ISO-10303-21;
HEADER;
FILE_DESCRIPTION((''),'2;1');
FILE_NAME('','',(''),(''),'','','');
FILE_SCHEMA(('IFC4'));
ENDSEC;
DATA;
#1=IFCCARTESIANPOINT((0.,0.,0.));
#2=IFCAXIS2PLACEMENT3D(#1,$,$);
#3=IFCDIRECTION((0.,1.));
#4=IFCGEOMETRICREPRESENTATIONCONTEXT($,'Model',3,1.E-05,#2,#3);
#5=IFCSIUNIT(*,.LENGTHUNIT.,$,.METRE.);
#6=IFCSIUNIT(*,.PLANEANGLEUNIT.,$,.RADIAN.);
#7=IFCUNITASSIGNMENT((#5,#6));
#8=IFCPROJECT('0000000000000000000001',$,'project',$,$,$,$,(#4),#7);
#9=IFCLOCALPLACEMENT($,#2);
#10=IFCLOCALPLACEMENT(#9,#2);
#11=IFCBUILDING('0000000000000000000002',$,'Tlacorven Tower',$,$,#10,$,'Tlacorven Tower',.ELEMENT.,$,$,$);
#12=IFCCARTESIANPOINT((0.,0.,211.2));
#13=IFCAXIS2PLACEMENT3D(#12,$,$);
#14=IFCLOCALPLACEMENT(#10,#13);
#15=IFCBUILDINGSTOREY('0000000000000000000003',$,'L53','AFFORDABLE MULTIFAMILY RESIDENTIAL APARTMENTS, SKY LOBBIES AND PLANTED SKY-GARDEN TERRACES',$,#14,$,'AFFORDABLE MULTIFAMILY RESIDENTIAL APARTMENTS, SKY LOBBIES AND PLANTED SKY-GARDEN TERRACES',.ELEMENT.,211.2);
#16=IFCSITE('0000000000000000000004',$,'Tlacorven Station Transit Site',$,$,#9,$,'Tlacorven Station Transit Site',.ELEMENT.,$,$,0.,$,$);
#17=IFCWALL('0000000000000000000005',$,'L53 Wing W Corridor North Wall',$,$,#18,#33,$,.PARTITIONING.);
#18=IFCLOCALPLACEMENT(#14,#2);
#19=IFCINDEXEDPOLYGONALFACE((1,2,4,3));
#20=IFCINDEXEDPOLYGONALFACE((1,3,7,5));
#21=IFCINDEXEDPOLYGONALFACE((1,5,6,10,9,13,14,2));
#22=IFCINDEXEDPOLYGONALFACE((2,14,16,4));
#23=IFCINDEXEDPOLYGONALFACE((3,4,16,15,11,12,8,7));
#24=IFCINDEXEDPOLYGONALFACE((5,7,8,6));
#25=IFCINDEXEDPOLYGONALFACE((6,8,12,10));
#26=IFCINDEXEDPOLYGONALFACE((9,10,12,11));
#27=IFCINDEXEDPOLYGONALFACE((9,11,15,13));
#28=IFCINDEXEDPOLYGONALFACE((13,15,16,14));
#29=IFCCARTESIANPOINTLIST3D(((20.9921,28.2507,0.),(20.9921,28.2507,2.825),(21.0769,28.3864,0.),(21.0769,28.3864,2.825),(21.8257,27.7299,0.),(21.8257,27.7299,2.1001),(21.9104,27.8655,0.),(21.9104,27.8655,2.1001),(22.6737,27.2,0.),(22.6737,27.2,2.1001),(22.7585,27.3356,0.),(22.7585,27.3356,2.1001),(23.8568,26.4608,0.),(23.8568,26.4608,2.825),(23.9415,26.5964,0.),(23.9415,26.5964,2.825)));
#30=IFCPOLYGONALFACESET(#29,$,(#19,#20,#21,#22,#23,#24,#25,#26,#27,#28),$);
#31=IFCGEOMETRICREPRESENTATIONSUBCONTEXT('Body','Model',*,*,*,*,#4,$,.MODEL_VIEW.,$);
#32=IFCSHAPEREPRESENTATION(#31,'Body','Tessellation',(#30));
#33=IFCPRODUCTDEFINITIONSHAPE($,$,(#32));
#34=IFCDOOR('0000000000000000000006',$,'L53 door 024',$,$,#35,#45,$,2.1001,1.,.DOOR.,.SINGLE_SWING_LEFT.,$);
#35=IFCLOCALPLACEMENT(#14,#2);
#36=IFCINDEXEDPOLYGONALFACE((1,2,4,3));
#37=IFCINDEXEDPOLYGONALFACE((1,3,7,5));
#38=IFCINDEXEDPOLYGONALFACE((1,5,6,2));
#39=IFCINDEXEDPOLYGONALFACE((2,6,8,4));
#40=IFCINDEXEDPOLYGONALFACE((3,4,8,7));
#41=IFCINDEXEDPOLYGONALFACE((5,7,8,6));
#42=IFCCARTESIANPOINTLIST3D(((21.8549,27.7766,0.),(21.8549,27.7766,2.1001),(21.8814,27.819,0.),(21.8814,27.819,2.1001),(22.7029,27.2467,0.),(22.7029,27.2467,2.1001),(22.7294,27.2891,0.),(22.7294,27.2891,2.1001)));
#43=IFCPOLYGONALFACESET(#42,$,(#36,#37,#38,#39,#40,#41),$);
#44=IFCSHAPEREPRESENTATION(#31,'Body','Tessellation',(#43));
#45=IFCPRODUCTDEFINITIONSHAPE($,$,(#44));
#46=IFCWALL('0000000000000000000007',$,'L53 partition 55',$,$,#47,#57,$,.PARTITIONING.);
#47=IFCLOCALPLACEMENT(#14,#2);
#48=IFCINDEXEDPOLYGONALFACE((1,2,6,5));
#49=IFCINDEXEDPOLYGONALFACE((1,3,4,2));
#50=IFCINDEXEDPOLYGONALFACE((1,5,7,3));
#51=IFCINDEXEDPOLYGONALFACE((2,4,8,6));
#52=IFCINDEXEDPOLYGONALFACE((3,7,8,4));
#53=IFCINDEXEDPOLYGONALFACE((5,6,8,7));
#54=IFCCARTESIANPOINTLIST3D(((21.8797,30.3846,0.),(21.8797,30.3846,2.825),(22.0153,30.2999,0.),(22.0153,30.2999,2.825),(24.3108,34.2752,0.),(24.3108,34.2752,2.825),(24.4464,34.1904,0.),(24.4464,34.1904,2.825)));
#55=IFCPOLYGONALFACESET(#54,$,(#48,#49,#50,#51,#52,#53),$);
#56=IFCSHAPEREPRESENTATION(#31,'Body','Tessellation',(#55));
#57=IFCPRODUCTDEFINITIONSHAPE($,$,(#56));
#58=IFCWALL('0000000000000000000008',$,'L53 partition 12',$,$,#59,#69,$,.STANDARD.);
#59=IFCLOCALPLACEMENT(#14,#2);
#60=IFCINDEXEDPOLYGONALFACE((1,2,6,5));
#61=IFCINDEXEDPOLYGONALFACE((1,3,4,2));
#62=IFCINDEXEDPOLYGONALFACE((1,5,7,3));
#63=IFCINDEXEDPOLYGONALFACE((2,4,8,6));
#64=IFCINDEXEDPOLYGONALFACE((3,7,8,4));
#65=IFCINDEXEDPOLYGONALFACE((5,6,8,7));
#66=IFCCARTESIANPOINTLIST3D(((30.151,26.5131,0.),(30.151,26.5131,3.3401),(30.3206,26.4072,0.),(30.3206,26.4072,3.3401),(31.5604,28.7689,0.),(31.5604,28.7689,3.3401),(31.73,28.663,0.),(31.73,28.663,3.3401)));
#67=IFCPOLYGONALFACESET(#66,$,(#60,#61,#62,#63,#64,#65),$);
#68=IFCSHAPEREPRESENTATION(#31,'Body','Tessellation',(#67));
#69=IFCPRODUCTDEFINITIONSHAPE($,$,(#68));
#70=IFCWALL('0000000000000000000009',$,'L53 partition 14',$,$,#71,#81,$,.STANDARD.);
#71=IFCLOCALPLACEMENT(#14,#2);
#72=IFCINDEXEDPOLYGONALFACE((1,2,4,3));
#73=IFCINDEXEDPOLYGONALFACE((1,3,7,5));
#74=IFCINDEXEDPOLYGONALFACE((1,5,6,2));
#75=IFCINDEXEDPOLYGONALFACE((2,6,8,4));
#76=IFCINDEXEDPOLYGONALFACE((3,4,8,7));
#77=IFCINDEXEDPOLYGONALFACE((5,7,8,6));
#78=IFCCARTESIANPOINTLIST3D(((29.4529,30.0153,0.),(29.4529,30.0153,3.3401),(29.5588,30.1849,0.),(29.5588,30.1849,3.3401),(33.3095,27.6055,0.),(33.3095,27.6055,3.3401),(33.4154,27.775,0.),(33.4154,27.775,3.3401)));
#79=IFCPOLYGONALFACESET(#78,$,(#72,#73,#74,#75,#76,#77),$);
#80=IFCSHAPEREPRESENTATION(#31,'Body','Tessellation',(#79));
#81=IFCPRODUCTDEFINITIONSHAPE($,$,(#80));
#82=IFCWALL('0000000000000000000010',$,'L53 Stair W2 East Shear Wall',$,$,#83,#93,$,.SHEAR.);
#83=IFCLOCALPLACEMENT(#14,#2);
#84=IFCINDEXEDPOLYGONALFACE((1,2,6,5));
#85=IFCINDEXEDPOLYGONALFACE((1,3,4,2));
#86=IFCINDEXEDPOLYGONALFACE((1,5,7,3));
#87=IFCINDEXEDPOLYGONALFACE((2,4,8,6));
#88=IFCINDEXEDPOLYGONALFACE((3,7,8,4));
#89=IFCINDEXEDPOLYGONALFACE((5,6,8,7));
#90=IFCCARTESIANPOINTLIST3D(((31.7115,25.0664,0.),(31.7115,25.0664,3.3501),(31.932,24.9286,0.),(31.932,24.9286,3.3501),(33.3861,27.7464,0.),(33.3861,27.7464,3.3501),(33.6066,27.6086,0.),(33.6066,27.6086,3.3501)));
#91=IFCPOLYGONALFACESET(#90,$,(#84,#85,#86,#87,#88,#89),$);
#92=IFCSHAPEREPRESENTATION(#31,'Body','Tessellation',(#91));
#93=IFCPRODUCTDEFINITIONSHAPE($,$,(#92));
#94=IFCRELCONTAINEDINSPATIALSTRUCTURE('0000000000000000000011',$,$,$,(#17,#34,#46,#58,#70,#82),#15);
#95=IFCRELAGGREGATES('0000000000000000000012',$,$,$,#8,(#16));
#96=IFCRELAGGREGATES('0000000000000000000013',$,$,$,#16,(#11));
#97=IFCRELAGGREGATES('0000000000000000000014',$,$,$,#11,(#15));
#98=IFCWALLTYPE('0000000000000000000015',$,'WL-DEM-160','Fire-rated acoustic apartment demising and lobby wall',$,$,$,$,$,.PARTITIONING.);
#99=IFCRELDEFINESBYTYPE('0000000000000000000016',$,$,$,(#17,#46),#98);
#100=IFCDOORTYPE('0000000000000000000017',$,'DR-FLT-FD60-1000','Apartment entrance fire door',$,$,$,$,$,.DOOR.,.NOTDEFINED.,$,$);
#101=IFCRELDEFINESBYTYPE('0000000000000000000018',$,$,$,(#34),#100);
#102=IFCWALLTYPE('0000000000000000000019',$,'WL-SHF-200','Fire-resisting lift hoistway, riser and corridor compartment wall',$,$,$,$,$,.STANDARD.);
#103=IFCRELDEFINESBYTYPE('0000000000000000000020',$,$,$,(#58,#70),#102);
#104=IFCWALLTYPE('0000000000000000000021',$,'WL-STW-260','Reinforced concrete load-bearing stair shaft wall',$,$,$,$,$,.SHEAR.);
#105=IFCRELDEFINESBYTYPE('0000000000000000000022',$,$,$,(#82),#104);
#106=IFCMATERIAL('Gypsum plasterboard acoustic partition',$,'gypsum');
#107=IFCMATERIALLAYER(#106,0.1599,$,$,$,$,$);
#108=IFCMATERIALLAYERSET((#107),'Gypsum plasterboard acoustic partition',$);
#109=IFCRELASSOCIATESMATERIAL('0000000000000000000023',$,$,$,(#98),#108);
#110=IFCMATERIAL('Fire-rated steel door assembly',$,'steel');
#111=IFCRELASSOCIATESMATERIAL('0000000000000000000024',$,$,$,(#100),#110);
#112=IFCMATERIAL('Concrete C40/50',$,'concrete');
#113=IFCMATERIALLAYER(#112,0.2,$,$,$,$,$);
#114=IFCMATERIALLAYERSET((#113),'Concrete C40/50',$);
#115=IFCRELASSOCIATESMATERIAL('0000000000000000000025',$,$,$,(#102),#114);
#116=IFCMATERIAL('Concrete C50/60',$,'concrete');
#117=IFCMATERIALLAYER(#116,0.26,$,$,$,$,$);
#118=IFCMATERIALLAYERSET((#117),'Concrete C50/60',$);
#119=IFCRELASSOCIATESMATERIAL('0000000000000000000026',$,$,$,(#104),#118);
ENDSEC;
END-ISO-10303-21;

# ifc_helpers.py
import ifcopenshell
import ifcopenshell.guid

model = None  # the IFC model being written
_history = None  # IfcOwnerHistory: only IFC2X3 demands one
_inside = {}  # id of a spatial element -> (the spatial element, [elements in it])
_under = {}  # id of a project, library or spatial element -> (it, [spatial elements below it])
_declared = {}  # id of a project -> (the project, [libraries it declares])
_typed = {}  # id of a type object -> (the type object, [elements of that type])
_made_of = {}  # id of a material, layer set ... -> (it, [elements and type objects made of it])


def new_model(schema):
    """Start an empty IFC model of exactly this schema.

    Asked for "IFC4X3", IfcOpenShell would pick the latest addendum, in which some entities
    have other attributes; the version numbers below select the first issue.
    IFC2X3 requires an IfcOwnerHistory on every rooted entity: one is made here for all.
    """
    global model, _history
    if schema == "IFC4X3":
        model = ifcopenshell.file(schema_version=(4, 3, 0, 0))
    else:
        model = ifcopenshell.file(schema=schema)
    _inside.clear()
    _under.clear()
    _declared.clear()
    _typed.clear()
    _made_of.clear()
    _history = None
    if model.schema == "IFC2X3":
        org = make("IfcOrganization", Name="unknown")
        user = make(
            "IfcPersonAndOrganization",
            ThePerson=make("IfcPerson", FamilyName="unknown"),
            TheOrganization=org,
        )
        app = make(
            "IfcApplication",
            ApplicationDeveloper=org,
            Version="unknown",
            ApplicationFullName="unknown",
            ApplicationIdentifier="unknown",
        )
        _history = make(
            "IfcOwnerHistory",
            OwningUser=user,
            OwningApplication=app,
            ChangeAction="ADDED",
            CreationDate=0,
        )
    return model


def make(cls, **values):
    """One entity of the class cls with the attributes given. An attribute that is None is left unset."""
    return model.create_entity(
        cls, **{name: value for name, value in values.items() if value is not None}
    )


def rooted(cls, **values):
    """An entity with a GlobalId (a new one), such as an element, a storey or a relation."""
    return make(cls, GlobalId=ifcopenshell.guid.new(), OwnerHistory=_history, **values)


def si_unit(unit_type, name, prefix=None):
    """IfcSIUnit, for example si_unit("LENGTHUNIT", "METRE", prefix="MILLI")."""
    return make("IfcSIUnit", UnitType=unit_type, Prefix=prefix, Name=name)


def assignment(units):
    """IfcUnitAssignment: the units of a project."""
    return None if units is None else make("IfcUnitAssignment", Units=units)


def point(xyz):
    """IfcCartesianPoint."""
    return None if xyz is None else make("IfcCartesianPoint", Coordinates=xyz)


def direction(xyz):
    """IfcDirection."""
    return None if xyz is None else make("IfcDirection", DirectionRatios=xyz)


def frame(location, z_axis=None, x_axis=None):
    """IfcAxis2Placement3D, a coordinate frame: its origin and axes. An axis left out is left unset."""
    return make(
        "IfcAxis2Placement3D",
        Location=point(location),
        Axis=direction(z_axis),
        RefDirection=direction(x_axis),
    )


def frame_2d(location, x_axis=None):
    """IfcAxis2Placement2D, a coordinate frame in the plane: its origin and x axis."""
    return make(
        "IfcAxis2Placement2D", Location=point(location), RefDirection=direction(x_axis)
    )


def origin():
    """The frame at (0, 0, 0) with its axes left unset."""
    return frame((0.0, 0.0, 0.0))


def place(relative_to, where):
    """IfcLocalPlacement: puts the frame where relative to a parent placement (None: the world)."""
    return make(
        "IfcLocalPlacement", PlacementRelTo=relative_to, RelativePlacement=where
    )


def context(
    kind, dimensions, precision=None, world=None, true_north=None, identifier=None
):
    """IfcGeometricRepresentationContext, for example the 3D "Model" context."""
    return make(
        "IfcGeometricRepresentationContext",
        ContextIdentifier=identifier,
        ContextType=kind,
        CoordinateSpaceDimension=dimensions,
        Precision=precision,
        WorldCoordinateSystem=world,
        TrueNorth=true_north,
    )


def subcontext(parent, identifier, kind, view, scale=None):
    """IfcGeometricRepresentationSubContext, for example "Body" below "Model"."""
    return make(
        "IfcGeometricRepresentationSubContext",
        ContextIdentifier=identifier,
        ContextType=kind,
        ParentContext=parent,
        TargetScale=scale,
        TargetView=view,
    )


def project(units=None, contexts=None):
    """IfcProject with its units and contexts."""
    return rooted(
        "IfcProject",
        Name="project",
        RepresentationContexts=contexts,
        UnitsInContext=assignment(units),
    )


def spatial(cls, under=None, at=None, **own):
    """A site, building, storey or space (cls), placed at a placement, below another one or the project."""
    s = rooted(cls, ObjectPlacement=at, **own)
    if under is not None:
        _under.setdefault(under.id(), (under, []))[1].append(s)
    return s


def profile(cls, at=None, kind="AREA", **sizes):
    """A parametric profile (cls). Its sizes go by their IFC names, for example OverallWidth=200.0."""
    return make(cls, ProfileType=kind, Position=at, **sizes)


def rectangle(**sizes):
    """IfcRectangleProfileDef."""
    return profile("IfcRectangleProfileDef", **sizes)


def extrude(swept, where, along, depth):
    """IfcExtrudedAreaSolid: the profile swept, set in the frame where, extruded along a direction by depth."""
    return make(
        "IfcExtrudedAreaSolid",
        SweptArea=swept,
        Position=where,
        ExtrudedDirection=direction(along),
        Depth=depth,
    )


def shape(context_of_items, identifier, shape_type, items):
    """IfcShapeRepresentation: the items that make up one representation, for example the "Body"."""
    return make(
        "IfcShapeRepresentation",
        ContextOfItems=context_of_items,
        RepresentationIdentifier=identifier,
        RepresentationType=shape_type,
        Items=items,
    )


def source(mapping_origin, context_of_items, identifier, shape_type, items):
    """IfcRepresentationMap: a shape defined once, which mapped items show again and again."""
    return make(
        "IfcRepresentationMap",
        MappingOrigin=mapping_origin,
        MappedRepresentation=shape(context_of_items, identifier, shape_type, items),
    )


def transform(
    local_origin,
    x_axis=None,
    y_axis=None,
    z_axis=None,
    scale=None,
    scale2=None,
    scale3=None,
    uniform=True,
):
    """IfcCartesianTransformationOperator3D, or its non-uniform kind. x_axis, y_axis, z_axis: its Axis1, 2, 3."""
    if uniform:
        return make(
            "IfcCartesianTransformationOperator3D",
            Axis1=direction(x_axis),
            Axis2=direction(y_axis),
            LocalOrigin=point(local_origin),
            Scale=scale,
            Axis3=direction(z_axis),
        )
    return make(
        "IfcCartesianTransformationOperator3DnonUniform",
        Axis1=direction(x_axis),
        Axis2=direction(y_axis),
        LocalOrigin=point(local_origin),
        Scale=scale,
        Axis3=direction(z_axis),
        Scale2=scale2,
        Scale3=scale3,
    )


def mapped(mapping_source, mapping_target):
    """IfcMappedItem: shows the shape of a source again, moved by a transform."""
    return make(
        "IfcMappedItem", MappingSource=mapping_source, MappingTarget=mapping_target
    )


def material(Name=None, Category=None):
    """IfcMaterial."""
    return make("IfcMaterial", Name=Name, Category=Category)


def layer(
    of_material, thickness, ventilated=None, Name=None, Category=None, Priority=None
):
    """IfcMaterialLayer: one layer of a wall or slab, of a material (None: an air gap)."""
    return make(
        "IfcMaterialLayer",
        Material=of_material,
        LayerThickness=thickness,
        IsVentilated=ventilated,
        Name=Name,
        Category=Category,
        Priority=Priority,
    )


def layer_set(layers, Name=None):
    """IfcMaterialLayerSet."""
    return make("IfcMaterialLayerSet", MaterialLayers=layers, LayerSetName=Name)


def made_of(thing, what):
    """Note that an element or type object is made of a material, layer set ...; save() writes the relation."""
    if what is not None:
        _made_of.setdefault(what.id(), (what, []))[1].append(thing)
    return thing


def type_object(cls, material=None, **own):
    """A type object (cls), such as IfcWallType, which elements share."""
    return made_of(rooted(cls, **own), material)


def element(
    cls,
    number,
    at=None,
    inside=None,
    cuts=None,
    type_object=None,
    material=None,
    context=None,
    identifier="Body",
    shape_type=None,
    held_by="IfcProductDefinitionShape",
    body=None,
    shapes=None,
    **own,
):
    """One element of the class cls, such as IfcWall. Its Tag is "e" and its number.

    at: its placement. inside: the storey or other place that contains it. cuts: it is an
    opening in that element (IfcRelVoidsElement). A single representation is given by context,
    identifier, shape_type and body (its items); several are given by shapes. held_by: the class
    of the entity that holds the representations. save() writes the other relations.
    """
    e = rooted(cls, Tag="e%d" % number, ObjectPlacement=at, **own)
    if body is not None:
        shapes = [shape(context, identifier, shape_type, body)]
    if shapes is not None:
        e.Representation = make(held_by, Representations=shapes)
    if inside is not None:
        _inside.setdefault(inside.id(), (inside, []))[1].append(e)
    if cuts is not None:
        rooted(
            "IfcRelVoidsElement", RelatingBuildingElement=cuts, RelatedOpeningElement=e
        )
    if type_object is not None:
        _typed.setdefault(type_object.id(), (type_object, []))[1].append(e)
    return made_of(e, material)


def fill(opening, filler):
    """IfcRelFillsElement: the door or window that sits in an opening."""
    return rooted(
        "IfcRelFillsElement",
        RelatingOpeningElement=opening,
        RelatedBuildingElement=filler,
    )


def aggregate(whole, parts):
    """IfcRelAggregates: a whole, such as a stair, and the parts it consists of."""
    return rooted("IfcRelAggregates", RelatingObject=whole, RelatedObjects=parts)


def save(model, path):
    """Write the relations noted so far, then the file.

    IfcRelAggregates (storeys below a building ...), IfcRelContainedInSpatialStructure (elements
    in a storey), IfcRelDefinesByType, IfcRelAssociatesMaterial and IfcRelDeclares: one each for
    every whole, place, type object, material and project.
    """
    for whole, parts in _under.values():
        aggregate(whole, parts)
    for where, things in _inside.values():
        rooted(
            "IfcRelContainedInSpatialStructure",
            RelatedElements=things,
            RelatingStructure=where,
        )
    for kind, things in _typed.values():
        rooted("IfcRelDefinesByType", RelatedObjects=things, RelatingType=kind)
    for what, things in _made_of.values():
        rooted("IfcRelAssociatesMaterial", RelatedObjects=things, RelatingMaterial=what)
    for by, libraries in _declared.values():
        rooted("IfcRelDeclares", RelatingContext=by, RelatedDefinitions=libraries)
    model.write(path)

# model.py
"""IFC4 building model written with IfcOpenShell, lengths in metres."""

from ifc_helpers import new_model, si_unit, direction, frame, frame_2d, origin, place, context, subcontext, project, spatial, rectangle, extrude, source, transform, mapped, material, layer, layer_set, type_object, element, fill, save


model = new_model("IFC4")

# Units and contexts
model_context = context("Model", 3, precision=1e-05, world=origin(), true_north=direction((0.0, 1.0)))
body_context = subcontext(model_context, "Body", "Model", "MODEL_VIEW")
ifc_project = project(units=[si_unit("LENGTHUNIT", "METRE"), si_unit("PLANEANGLEUNIT", "RADIAN")], contexts=[model_context])

# Site, building, storey
site_placement = place(None, origin())
site = spatial("IfcSite", under=ifc_project, at=site_placement, Name="Tlacorven Station Transit Site", LongName="Tlacorven Station Transit Site", CompositionType="ELEMENT", RefElevation=0.0)
building_placement = place(site_placement, origin())
building = spatial("IfcBuilding", under=site, at=building_placement, Name="Tlacorven Tower", LongName="Tlacorven Tower", CompositionType="ELEMENT")
storey_placement = place(building_placement, frame((0.0, 0.0, 211.2)))
storey = spatial("IfcBuildingStorey", under=building, at=storey_placement, Name="L53", Description="AFFORDABLE MULTIFAMILY RESIDENTIAL APARTMENTS, SKY LOBBIES AND PLANTED SKY-GARDEN TERRACES", LongName="AFFORDABLE MULTIFAMILY RESIDENTIAL APARTMENTS, SKY LOBBIES AND PLANTED SKY-GARDEN TERRACES", CompositionType="ELEMENT", Elevation=211.2)

# Shared definitions
ifc_material_1 = material(Name="Concrete C50/60", Category="concrete")
ifc_material_2 = material(Name="Gypsum plasterboard acoustic partition", Category="gypsum")
ifc_layer_1 = layer(ifc_material_2, 0.1599)
ifc_layer_set_1 = layer_set([ifc_layer_1], Name="Gypsum plasterboard acoustic partition")
wall_type_1 = type_object("IfcWallType", Name="WL-DEM-160", Description="Fire-rated acoustic apartment demising and lobby wall", PredefinedType="PARTITIONING", material=ifc_layer_set_1)

# Shared definitions
ifc_material_3 = material(Name="Fire-rated steel door assembly", Category="steel")
door_type_1 = type_object("IfcDoorType", Name="DR-FLT-FD60-1000", Description="Apartment entrance fire door", OperationType="NOTDEFINED", PredefinedType="DOOR", material=ifc_material_3)
shared_shape_1 = source(origin(), body_context, "Body", "SweptSolid", [
    extrude(rectangle(XDim=1.0, YDim=2.1001, at=frame_2d((0.5, 1.05))), frame((0.0, 0.0249, 0.0), z_axis=(0.0, -1.0, 0.0), x_axis=(1.0, 0.0, 0.0)), (0.0, 0.0, 1.0), 0.05),
])

# Wall, opening, door
wall_1_placement = place(storey_placement, frame((23.8992, 26.5286, 0.0), z_axis=(0.0, 0.0, 1.0), x_axis=(-0.848055, 0.529908, 0.0)))
wall_1 = element("IfcWall", 1, at=wall_1_placement, inside=storey, type_object=wall_type_1, Name="L53 Wing W Corridor North Wall", PredefinedType="PARTITIONING", context=body_context, shape_type="SweptSolid", body=[
    extrude(rectangle(XDim=3.3779, YDim=0.1599, at=frame_2d((1.689, 0.0))), origin(), (0.0, 0.0, 1.0), 2.825),
])
opening_1_placement = place(wall_1_placement, frame((1.395, 0.0, 0.0)))
opening_1 = element("IfcOpeningElement", 2, at=opening_1_placement, cuts=wall_1, PredefinedType="OPENING", context=body_context, shape_type="SweptSolid", body=[
    extrude(rectangle(XDim=1.0, YDim=2.1001, at=frame_2d((0.5, 1.05))), frame((0.0, 0.0898, 0.0), z_axis=(0.0, -1.0, 0.0), x_axis=(1.0, 0.0, 0.0)), (0.0, 0.0, 1.0), 0.1799),
])
door_1_placement = place(opening_1_placement, origin())
door_1 = element("IfcDoor", 3, at=door_1_placement, inside=storey, type_object=door_type_1, Name="L53 door 024", OperationType="SINGLE_SWING_LEFT", OverallHeight=2.1001, OverallWidth=1.0, PredefinedType="DOOR", context=body_context, shape_type="MappedRepresentation", body=[
    mapped(shared_shape_1, transform((0.0, 0.0, 0.0), scale=1.0)),
])
fill(opening_1, door_1)

# Walls
wall_2_placement = place(storey_placement, frame((24.3787, 34.2329, 0.0), z_axis=(0.0, 0.0, 1.0), x_axis=(-0.529922, -0.848046, 0.0)))
element("IfcWall", 4, at=wall_2_placement, inside=storey, type_object=wall_type_1, Name="L53 partition 55", PredefinedType="PARTITIONING", context=body_context, shape_type="SweptSolid", body=[
    extrude(rectangle(XDim=4.5876, YDim=0.1599, at=frame_2d((2.2939, 0.0))), origin(), (0.0, 0.0, 1.0), 2.825),
])
ifc_material_4 = material(Name="Concrete C40/50", Category="concrete")
ifc_layer_2 = layer(ifc_material_4, 0.2)
ifc_layer_set_2 = layer_set([ifc_layer_2], Name="Concrete C40/50")
wall_type_2 = type_object("IfcWallType", Name="WL-SHF-200", Description="Fire-resisting lift hoistway, riser and corridor compartment wall", PredefinedType="STANDARD", material=ifc_layer_set_2)
wall_3_placement = place(storey_placement, frame((31.6453, 28.7161, 0.0), z_axis=(0.0, 0.0, 1.0), x_axis=(-0.529867, -0.848081, 0.0)))
element("IfcWall", 5, at=wall_3_placement, inside=storey, type_object=wall_type_2, Name="L53 partition 12", PredefinedType="STANDARD", context=body_context, shape_type="SweptSolid", body=[
    extrude(rectangle(XDim=2.6599, YDim=0.2, at=frame_2d((1.3301, 0.0))), origin(), (0.0, 0.0, 1.0), 3.3401),
])
wall_4_placement = place(storey_placement, frame((33.3625, 27.6902, 0.0), z_axis=(0.0, 0.0, 1.0), x_axis=(-0.84805, 0.529917, 0.0)))
element("IfcWall", 6, at=wall_4_placement, inside=storey, type_object=wall_type_2, Name="L53 partition 14", PredefinedType="STANDARD", context=body_context, shape_type="SweptSolid", body=[
    extrude(rectangle(XDim=4.5476, YDim=0.2, at=frame_2d((2.2739, 0.0))), origin(), (0.0, 0.0, 1.0), 3.3401),
])

# Wall
ifc_layer_3 = layer(ifc_material_1, 0.26)
ifc_layer_set_3 = layer_set([ifc_layer_3], Name="Concrete C50/60")
wall_type_3 = type_object("IfcWallType", Name="WL-STW-260", Description="Reinforced concrete load-bearing stair shaft wall", PredefinedType="SHEAR", material=ifc_layer_set_3)
wall_5_placement = place(storey_placement, frame((33.4963, 27.6775, 0.0), z_axis=(0.0, 0.0, 1.0), x_axis=(-0.529909, -0.848055, 0.0)))
element("IfcWall", 7, at=wall_5_placement, inside=storey, type_object=wall_type_3, Name="L53 Stair W2 East Shear Wall", PredefinedType="SHEAR", context=body_context, shape_type="SweptSolid", body=[
    extrude(rectangle(XDim=3.1602, YDim=0.26, at=frame_2d((1.5801, 0.0))), origin(), (0.0, 0.0, 1.0), 3.3501),
])

save(model, "model.ifc")
